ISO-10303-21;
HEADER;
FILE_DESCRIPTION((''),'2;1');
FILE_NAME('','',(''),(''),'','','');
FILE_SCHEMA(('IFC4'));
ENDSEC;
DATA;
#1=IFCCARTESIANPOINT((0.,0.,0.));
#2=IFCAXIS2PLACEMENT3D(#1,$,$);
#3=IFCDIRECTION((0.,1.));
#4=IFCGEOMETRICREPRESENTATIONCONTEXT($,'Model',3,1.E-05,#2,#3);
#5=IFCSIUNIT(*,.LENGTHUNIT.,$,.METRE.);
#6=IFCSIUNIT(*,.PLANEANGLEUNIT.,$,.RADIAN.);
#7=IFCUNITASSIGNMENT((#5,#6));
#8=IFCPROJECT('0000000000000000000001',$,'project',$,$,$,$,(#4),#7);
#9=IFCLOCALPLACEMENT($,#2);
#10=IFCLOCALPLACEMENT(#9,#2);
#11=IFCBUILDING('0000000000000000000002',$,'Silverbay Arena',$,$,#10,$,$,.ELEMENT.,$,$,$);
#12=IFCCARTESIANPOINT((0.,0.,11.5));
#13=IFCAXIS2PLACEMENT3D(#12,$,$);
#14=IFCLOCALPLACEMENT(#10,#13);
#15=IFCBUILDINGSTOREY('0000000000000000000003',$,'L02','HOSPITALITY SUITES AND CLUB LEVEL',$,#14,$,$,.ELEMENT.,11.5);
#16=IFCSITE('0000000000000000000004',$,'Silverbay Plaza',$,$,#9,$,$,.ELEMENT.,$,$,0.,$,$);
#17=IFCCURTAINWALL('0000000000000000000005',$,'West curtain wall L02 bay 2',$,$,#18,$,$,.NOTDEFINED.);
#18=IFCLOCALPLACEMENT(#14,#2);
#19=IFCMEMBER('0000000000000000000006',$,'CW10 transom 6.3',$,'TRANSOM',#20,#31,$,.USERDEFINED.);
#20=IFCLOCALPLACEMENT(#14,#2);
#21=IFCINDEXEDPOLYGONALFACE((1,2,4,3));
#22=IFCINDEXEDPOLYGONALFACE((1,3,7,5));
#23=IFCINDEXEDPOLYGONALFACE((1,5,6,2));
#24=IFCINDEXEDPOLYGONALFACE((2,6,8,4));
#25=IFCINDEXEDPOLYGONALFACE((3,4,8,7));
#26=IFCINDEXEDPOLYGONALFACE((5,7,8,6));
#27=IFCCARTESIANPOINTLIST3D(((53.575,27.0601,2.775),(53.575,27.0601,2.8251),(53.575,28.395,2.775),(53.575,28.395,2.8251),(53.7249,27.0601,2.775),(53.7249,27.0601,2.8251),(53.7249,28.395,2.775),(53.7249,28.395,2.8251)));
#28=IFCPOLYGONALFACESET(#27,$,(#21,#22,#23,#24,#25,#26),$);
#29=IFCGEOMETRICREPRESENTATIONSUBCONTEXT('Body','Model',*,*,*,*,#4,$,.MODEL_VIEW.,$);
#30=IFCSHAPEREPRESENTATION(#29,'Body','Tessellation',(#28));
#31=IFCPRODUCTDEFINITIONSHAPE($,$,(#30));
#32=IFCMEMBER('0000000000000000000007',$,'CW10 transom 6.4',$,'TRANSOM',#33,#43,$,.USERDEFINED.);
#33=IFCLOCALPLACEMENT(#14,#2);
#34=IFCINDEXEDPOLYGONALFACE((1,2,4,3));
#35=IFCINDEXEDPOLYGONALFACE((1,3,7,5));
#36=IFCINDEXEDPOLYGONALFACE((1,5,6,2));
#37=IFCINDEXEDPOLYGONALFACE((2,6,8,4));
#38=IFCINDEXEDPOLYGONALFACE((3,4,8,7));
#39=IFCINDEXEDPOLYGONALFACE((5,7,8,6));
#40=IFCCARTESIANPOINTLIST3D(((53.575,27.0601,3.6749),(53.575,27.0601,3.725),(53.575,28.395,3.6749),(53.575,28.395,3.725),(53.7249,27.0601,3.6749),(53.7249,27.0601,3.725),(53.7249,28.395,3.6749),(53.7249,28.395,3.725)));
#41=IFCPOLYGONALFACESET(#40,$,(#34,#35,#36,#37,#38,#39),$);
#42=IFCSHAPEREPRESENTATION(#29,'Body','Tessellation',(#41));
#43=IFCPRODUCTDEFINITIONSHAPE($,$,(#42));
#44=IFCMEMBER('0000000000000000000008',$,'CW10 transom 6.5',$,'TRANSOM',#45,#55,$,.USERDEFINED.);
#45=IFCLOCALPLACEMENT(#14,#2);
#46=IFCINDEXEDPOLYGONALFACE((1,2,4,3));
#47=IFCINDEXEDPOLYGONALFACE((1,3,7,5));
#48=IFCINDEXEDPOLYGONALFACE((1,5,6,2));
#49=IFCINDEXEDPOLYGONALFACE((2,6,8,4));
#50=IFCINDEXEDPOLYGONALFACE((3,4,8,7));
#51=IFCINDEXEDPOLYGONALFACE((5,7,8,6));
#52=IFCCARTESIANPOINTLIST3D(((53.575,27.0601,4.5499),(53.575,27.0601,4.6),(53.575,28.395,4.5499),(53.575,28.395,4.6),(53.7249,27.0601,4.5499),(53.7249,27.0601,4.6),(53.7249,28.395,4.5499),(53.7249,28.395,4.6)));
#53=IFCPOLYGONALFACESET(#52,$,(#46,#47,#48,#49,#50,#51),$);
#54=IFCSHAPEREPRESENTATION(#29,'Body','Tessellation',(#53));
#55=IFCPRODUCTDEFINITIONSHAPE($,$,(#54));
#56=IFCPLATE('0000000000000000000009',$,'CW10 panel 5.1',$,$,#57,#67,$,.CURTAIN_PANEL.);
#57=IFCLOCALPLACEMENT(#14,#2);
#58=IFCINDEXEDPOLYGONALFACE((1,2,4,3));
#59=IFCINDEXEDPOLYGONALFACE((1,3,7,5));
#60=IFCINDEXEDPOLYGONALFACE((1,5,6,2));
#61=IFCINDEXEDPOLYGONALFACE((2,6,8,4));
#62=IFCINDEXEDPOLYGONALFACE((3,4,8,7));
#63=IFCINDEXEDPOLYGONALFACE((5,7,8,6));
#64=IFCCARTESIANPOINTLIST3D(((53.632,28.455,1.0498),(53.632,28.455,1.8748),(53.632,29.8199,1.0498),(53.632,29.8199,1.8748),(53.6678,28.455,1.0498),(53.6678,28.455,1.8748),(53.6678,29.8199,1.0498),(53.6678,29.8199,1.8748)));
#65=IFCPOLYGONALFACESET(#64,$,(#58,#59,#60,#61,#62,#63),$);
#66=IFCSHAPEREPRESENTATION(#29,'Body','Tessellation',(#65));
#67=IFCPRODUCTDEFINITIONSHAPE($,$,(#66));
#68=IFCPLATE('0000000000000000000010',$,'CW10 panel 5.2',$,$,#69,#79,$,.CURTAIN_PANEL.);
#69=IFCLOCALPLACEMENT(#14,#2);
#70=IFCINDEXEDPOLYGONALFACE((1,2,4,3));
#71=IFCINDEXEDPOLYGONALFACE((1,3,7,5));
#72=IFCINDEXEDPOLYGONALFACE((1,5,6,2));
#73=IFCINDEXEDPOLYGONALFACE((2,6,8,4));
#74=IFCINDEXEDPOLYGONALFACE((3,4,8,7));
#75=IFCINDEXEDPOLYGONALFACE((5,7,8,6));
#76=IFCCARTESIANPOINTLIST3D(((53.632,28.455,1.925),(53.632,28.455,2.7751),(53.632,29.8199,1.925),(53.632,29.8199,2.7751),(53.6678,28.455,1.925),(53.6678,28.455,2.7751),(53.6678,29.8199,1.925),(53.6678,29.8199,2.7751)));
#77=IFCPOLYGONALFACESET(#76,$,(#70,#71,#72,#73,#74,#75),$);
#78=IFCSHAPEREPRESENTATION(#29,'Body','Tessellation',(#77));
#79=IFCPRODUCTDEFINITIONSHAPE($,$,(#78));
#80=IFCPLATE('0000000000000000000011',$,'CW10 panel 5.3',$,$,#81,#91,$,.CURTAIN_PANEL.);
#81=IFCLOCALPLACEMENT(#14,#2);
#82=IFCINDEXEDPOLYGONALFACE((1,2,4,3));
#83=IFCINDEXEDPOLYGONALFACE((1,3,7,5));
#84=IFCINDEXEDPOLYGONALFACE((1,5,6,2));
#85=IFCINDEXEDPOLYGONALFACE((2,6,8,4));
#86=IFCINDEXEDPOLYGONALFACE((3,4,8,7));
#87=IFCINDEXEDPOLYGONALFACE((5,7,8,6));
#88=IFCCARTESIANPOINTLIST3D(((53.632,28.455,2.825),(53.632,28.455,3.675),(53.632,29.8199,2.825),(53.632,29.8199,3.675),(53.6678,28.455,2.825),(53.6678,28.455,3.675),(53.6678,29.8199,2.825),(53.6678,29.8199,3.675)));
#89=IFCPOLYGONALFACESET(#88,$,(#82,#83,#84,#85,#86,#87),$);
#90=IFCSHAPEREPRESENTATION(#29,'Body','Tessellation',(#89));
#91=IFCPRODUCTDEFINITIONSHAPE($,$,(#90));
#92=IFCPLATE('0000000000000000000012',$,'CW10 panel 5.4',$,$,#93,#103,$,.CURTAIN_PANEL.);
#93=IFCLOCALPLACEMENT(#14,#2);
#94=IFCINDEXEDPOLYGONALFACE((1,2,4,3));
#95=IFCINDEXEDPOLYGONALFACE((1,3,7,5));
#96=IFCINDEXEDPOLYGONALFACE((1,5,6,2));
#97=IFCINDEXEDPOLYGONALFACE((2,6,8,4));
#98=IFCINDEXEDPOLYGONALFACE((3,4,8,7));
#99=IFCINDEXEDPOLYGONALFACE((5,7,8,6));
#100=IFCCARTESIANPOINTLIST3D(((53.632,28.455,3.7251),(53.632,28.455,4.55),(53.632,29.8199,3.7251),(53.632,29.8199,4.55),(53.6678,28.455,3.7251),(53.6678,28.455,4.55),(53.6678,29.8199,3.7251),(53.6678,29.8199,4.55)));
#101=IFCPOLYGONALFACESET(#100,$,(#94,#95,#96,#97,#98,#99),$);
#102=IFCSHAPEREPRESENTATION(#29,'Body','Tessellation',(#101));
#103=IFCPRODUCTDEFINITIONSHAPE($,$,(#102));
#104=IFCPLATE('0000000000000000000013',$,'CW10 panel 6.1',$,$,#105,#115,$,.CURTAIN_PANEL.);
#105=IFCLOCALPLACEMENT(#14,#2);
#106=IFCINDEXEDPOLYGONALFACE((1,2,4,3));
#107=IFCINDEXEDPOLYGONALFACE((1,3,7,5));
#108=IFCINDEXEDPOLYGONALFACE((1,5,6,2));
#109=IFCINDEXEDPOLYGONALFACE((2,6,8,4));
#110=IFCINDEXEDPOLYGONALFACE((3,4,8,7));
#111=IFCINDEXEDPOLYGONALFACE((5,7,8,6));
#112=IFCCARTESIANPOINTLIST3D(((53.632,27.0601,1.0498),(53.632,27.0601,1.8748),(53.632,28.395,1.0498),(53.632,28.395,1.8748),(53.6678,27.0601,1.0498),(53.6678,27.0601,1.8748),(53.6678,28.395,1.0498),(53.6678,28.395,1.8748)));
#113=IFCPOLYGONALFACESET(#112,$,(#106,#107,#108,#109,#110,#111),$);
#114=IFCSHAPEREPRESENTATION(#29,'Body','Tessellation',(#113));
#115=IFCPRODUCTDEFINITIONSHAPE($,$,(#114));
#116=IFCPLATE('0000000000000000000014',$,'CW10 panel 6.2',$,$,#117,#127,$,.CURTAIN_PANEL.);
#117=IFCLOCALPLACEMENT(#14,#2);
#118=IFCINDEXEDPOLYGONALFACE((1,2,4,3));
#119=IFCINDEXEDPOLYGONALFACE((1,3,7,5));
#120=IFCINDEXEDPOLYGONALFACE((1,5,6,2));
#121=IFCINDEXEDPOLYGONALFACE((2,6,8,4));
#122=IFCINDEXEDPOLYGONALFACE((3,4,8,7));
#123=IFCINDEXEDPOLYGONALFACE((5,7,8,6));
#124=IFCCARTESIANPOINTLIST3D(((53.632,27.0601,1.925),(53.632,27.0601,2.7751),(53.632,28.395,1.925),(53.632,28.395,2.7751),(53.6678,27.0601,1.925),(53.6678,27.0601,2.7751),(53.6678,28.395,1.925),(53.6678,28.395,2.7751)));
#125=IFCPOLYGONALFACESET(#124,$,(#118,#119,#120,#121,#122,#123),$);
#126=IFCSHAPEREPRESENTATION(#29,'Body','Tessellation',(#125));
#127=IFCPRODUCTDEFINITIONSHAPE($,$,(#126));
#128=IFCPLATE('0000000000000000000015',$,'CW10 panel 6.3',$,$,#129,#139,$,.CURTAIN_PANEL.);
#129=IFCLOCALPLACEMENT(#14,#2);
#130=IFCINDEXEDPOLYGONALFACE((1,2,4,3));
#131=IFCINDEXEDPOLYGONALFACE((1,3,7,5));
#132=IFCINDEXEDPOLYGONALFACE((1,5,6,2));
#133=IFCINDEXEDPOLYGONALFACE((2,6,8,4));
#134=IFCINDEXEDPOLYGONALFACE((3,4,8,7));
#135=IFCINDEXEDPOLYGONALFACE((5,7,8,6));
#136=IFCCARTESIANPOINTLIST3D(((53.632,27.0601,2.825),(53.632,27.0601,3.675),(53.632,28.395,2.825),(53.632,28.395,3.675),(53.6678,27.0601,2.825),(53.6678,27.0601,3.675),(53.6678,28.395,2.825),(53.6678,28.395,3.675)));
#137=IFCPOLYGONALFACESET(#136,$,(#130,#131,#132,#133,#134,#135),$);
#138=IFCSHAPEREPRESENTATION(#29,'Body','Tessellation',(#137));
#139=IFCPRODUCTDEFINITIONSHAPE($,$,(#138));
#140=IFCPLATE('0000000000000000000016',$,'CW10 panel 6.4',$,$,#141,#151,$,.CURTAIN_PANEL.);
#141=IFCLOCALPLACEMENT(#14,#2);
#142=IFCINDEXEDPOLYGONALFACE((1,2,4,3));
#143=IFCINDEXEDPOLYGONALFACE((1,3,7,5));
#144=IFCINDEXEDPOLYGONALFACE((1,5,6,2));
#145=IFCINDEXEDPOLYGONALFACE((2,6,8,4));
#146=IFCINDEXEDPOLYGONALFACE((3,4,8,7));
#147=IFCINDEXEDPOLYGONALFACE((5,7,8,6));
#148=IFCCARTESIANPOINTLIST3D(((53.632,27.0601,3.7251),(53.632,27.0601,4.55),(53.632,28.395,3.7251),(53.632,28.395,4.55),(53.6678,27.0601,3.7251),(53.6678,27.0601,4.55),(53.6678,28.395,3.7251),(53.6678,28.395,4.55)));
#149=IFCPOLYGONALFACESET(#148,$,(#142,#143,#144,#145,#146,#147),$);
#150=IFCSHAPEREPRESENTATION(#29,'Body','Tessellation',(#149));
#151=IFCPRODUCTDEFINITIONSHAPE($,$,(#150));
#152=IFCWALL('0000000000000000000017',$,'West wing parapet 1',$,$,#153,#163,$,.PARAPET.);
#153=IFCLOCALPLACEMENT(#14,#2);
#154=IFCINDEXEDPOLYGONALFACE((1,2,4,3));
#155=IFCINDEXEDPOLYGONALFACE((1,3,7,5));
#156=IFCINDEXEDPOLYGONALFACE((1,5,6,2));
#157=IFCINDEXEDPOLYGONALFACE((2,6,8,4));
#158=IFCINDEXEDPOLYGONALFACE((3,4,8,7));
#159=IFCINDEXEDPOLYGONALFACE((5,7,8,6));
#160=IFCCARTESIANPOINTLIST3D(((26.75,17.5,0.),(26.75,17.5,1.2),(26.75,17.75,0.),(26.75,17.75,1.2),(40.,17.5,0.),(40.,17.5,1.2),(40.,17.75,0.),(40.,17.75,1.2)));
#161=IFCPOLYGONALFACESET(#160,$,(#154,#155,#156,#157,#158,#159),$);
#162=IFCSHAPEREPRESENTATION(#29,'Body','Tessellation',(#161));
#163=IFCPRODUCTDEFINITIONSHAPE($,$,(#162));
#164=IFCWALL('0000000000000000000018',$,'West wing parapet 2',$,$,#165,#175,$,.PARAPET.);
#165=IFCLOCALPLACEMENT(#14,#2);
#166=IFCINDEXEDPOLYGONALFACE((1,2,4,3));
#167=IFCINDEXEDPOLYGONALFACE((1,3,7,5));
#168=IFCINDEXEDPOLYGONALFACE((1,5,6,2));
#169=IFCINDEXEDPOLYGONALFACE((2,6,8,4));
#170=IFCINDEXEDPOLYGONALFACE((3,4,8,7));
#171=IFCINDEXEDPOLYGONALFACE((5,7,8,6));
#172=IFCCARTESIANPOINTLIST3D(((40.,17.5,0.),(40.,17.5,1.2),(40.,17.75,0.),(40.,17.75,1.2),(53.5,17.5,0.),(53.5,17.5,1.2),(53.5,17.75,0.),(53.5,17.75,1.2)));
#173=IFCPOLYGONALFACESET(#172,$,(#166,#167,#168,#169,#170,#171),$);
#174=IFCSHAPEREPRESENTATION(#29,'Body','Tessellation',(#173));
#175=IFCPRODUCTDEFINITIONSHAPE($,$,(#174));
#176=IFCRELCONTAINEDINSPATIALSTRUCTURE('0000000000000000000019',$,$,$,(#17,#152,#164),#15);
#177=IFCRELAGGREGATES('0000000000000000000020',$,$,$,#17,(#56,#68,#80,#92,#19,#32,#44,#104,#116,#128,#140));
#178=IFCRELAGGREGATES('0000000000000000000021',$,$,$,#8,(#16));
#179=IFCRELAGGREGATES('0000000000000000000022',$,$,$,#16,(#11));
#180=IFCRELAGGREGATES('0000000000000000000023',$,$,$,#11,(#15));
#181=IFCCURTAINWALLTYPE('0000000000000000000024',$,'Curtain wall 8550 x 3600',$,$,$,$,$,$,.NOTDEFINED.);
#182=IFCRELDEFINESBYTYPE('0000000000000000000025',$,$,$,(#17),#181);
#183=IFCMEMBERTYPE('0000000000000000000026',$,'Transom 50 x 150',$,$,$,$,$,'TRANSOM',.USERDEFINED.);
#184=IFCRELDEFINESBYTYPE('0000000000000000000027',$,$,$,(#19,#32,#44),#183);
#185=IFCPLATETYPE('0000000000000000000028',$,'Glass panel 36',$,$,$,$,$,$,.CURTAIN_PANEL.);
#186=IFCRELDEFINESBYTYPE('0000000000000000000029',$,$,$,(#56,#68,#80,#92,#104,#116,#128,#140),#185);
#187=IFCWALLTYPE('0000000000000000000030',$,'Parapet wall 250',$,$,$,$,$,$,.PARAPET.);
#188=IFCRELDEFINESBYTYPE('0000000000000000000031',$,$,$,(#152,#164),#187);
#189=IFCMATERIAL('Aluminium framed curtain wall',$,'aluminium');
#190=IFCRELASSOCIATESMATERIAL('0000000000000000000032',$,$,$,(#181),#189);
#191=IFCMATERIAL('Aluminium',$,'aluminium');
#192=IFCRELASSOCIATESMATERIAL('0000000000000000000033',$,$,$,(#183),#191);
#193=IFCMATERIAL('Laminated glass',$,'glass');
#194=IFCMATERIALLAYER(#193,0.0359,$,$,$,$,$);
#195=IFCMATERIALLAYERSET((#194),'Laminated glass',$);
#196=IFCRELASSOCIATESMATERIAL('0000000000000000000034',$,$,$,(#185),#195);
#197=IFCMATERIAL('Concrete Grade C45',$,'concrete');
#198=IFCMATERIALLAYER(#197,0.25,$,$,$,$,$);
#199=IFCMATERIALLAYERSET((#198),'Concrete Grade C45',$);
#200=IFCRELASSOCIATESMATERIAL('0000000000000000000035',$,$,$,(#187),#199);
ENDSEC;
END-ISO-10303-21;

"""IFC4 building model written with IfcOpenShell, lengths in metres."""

from ifc_helpers import new_model, si_unit, direction, frame, frame_2d, origin, origin_2d, place, context, subcontext, project, spatial, rectangle, extrude, material, layer, layer_set, material_profile, profile_set, type_object, element, aggregate, save


model = new_model("IFC4")

# Units and contexts
model_context = context("Model", 3, precision=1e-05, world=origin(), true_north=direction((0.0, 1.0)))
body_context = subcontext(model_context, "Body", "Model", "MODEL_VIEW")
ifc_project = project(units=[si_unit("LENGTHUNIT", "METRE"), si_unit("PLANEANGLEUNIT", "RADIAN")], contexts=[model_context])

# Site, building, storey
site_placement = place(None, origin())
site = spatial("IfcSite", under=ifc_project, at=site_placement, Name="Silverbay Plaza", CompositionType="ELEMENT", RefElevation=0.0)
building_placement = place(site_placement, origin())
building = spatial("IfcBuilding", under=site, at=building_placement, Name="Silverbay Arena", CompositionType="ELEMENT")
storey_placement = place(building_placement, frame((0.0, 0.0, 11.5)))
storey = spatial("IfcBuildingStorey", under=building, at=storey_placement, Name="L02", Description="HOSPITALITY SUITES AND CLUB LEVEL", CompositionType="ELEMENT", Elevation=11.5)

# Curtain wall
ifc_material_1 = material(Name="Aluminium framed curtain wall", Category="aluminium")
curtain_wall_type = type_object("IfcCurtainWallType", Name="Curtain wall 8550 x 3600", PredefinedType="NOTDEFINED", material=ifc_material_1)
curtain_wall_placement = place(storey_placement, origin())
curtain_wall = element("IfcCurtainWall", 1, at=curtain_wall_placement, inside=storey, type_object=curtain_wall_type, Name="West curtain wall L02 bay 2", PredefinedType="NOTDEFINED")

# Members
ifc_material_2 = material(Name="Aluminium", Category="aluminium")
ifc_material_profile_1 = material_profile(ifc_material_2, rectangle(XDim=0.1499, YDim=0.05, at=origin_2d()), Name="Transom 50 x 150")
ifc_profile_set_1 = profile_set([ifc_material_profile_1], Name="Aluminium")
member_type_1 = type_object("IfcMemberType", Name="Transom 50 x 150", ElementType="TRANSOM", PredefinedType="USERDEFINED", material=ifc_profile_set_1)
member_1_placement = place(storey_placement, frame((53.6499, 28.395, 2.8), z_axis=(0.0, -1.0, 0.0), x_axis=(1.0, 0.0, 0.0)))
member_1 = element("IfcMember", 2, at=member_1_placement, type_object=member_type_1, Name="CW10 transom 6.3", ObjectType="TRANSOM", PredefinedType="USERDEFINED", context=body_context, shape_type="SweptSolid", body=[
    extrude(rectangle(XDim=0.1499, YDim=0.05, at=origin_2d()), origin(), (0.0, 0.0, 1.0), 1.335),
])
member_2_placement = place(storey_placement, frame((53.6499, 28.395, 3.7), z_axis=(0.0, -1.0, 0.0), x_axis=(1.0, 0.0, 0.0)))
member_2 = element("IfcMember", 3, at=member_2_placement, type_object=member_type_1, Name="CW10 transom 6.4", ObjectType="TRANSOM", PredefinedType="USERDEFINED", context=body_context, shape_type="SweptSolid", body=[
    extrude(rectangle(XDim=0.1499, YDim=0.05, at=origin_2d()), origin(), (0.0, 0.0, 1.0), 1.335),
])
member_3_placement = place(storey_placement, frame((53.6499, 28.395, 4.575), z_axis=(0.0, -1.0, 0.0), x_axis=(1.0, 0.0, 0.0)))
member_3 = element("IfcMember", 4, at=member_3_placement, type_object=member_type_1, Name="CW10 transom 6.5", ObjectType="TRANSOM", PredefinedType="USERDEFINED", context=body_context, shape_type="SweptSolid", body=[
    extrude(rectangle(XDim=0.1499, YDim=0.05, at=origin_2d()), origin(), (0.0, 0.0, 1.0), 1.335),
])

# Plates
ifc_material_3 = material(Name="Laminated glass", Category="glass")
ifc_layer_1 = layer(ifc_material_3, 0.0359)
ifc_layer_set_1 = layer_set([ifc_layer_1], Name="Laminated glass")
plate_type = type_object("IfcPlateType", Name="Glass panel 36", PredefinedType="CURTAIN_PANEL", material=ifc_layer_set_1)
plate_1_placement = place(storey_placement, frame((53.6499, 29.1375, 1.0498), z_axis=(0.0, 0.0, 1.0), x_axis=(0.0, -1.0, 0.0)))
plate_1 = element("IfcPlate", 5, at=plate_1_placement, type_object=plate_type, Name="CW10 panel 5.1", PredefinedType="CURTAIN_PANEL", context=body_context, shape_type="SweptSolid", body=[
    extrude(rectangle(XDim=1.365, YDim=0.0359, at=origin_2d()), origin(), (0.0, 0.0, 1.0), 0.825),
])
plate_2_placement = place(storey_placement, frame((53.6499, 29.1375, 1.925), z_axis=(0.0, 0.0, 1.0), x_axis=(0.0, -1.0, 0.0)))
plate_2 = element("IfcPlate", 6, at=plate_2_placement, type_object=plate_type, Name="CW10 panel 5.2", PredefinedType="CURTAIN_PANEL", context=body_context, shape_type="SweptSolid", body=[
    extrude(rectangle(XDim=1.365, YDim=0.0359, at=origin_2d()), origin(), (0.0, 0.0, 1.0), 0.8501),
])
plate_3_placement = place(storey_placement, frame((53.6499, 29.1375, 2.825), z_axis=(0.0, 0.0, 1.0), x_axis=(0.0, -1.0, 0.0)))
plate_3 = element("IfcPlate", 7, at=plate_3_placement, type_object=plate_type, Name="CW10 panel 5.3", PredefinedType="CURTAIN_PANEL", context=body_context, shape_type="SweptSolid", body=[
    extrude(rectangle(XDim=1.365, YDim=0.0359, at=origin_2d()), origin(), (0.0, 0.0, 1.0), 0.8501),
])
plate_4_placement = place(storey_placement, frame((53.6499, 29.1375, 3.7251), z_axis=(0.0, 0.0, 1.0), x_axis=(0.0, -1.0, 0.0)))
plate_4 = element("IfcPlate", 8, at=plate_4_placement, type_object=plate_type, Name="CW10 panel 5.4", PredefinedType="CURTAIN_PANEL", context=body_context, shape_type="SweptSolid", body=[
    extrude(rectangle(XDim=1.365, YDim=0.0359, at=origin_2d()), origin(), (0.0, 0.0, 1.0), 0.825),
])
plate_5_placement = place(storey_placement, frame((53.6499, 27.7275, 1.0498), z_axis=(0.0, 0.0, 1.0), x_axis=(0.0, -1.0, 0.0)))
plate_5 = element("IfcPlate", 9, at=plate_5_placement, type_object=plate_type, Name="CW10 panel 6.1", PredefinedType="CURTAIN_PANEL", context=body_context, shape_type="SweptSolid", body=[
    extrude(rectangle(XDim=1.335, YDim=0.0359, at=origin_2d()), origin(), (0.0, 0.0, 1.0), 0.825),
])
plate_6_placement = place(storey_placement, frame((53.6499, 27.7275, 1.925), z_axis=(0.0, 0.0, 1.0), x_axis=(0.0, -1.0, 0.0)))
plate_6 = element("IfcPlate", 10, at=plate_6_placement, type_object=plate_type, Name="CW10 panel 6.2", PredefinedType="CURTAIN_PANEL", context=body_context, shape_type="SweptSolid", body=[
    extrude(rectangle(XDim=1.335, YDim=0.0359, at=origin_2d()), origin(), (0.0, 0.0, 1.0), 0.8501),
])
plate_7_placement = place(storey_placement, frame((53.6499, 27.7275, 2.825), z_axis=(0.0, 0.0, 1.0), x_axis=(0.0, -1.0, 0.0)))
plate_7 = element("IfcPlate", 11, at=plate_7_placement, type_object=plate_type, Name="CW10 panel 6.3", PredefinedType="CURTAIN_PANEL", context=body_context, shape_type="SweptSolid", body=[
    extrude(rectangle(XDim=1.335, YDim=0.0359, at=origin_2d()), origin(), (0.0, 0.0, 1.0), 0.8501),
])
plate_8_placement = place(storey_placement, frame((53.6499, 27.7275, 3.7251), z_axis=(0.0, 0.0, 1.0), x_axis=(0.0, -1.0, 0.0)))
plate_8 = element("IfcPlate", 12, at=plate_8_placement, type_object=plate_type, Name="CW10 panel 6.4", PredefinedType="CURTAIN_PANEL", context=body_context, shape_type="SweptSolid", body=[
    extrude(rectangle(XDim=1.335, YDim=0.0359, at=origin_2d()), origin(), (0.0, 0.0, 1.0), 0.825),
])
aggregate(curtain_wall, [plate_1, plate_2, plate_3, plate_4, member_1, member_2, member_3, plate_5, plate_6, plate_7, plate_8])

# Walls
ifc_material_4 = material(Name="Concrete Grade C45", Category="concrete")
ifc_layer_2 = layer(ifc_material_4, 0.25)
ifc_layer_set_2 = layer_set([ifc_layer_2], Name="Concrete Grade C45")
wall_type = type_object("IfcWallType", Name="Parapet wall 250", PredefinedType="PARAPET", material=ifc_layer_set_2)
wall_1_placement = place(storey_placement, frame((26.75, 17.625, 0.0), z_axis=(0.0, 0.0, 1.0), x_axis=(1.0, 0.0, 0.0)))
element("IfcWall", 13, at=wall_1_placement, inside=storey, type_object=wall_type, Name="West wing parapet 1", PredefinedType="PARAPET", context=body_context, shape_type="SweptSolid", body=[
    extrude(rectangle(XDim=13.25, YDim=0.25, at=frame_2d((6.625, 0.0))), origin(), (0.0, 0.0, 1.0), 1.2),
])
wall_2_placement = place(storey_placement, frame((40.0, 17.625, 0.0), z_axis=(0.0, 0.0, 1.0), x_axis=(1.0, 0.0, 0.0)))
element("IfcWall", 14, at=wall_2_placement, inside=storey, type_object=wall_type, Name="West wing parapet 2", PredefinedType="PARAPET", context=body_context, shape_type="SweptSolid", body=[
    extrude(rectangle(XDim=13.5, YDim=0.25, at=frame_2d((6.75, 0.0))), origin(), (0.0, 0.0, 1.0), 1.2),
])

save(model, "model.ifc")
